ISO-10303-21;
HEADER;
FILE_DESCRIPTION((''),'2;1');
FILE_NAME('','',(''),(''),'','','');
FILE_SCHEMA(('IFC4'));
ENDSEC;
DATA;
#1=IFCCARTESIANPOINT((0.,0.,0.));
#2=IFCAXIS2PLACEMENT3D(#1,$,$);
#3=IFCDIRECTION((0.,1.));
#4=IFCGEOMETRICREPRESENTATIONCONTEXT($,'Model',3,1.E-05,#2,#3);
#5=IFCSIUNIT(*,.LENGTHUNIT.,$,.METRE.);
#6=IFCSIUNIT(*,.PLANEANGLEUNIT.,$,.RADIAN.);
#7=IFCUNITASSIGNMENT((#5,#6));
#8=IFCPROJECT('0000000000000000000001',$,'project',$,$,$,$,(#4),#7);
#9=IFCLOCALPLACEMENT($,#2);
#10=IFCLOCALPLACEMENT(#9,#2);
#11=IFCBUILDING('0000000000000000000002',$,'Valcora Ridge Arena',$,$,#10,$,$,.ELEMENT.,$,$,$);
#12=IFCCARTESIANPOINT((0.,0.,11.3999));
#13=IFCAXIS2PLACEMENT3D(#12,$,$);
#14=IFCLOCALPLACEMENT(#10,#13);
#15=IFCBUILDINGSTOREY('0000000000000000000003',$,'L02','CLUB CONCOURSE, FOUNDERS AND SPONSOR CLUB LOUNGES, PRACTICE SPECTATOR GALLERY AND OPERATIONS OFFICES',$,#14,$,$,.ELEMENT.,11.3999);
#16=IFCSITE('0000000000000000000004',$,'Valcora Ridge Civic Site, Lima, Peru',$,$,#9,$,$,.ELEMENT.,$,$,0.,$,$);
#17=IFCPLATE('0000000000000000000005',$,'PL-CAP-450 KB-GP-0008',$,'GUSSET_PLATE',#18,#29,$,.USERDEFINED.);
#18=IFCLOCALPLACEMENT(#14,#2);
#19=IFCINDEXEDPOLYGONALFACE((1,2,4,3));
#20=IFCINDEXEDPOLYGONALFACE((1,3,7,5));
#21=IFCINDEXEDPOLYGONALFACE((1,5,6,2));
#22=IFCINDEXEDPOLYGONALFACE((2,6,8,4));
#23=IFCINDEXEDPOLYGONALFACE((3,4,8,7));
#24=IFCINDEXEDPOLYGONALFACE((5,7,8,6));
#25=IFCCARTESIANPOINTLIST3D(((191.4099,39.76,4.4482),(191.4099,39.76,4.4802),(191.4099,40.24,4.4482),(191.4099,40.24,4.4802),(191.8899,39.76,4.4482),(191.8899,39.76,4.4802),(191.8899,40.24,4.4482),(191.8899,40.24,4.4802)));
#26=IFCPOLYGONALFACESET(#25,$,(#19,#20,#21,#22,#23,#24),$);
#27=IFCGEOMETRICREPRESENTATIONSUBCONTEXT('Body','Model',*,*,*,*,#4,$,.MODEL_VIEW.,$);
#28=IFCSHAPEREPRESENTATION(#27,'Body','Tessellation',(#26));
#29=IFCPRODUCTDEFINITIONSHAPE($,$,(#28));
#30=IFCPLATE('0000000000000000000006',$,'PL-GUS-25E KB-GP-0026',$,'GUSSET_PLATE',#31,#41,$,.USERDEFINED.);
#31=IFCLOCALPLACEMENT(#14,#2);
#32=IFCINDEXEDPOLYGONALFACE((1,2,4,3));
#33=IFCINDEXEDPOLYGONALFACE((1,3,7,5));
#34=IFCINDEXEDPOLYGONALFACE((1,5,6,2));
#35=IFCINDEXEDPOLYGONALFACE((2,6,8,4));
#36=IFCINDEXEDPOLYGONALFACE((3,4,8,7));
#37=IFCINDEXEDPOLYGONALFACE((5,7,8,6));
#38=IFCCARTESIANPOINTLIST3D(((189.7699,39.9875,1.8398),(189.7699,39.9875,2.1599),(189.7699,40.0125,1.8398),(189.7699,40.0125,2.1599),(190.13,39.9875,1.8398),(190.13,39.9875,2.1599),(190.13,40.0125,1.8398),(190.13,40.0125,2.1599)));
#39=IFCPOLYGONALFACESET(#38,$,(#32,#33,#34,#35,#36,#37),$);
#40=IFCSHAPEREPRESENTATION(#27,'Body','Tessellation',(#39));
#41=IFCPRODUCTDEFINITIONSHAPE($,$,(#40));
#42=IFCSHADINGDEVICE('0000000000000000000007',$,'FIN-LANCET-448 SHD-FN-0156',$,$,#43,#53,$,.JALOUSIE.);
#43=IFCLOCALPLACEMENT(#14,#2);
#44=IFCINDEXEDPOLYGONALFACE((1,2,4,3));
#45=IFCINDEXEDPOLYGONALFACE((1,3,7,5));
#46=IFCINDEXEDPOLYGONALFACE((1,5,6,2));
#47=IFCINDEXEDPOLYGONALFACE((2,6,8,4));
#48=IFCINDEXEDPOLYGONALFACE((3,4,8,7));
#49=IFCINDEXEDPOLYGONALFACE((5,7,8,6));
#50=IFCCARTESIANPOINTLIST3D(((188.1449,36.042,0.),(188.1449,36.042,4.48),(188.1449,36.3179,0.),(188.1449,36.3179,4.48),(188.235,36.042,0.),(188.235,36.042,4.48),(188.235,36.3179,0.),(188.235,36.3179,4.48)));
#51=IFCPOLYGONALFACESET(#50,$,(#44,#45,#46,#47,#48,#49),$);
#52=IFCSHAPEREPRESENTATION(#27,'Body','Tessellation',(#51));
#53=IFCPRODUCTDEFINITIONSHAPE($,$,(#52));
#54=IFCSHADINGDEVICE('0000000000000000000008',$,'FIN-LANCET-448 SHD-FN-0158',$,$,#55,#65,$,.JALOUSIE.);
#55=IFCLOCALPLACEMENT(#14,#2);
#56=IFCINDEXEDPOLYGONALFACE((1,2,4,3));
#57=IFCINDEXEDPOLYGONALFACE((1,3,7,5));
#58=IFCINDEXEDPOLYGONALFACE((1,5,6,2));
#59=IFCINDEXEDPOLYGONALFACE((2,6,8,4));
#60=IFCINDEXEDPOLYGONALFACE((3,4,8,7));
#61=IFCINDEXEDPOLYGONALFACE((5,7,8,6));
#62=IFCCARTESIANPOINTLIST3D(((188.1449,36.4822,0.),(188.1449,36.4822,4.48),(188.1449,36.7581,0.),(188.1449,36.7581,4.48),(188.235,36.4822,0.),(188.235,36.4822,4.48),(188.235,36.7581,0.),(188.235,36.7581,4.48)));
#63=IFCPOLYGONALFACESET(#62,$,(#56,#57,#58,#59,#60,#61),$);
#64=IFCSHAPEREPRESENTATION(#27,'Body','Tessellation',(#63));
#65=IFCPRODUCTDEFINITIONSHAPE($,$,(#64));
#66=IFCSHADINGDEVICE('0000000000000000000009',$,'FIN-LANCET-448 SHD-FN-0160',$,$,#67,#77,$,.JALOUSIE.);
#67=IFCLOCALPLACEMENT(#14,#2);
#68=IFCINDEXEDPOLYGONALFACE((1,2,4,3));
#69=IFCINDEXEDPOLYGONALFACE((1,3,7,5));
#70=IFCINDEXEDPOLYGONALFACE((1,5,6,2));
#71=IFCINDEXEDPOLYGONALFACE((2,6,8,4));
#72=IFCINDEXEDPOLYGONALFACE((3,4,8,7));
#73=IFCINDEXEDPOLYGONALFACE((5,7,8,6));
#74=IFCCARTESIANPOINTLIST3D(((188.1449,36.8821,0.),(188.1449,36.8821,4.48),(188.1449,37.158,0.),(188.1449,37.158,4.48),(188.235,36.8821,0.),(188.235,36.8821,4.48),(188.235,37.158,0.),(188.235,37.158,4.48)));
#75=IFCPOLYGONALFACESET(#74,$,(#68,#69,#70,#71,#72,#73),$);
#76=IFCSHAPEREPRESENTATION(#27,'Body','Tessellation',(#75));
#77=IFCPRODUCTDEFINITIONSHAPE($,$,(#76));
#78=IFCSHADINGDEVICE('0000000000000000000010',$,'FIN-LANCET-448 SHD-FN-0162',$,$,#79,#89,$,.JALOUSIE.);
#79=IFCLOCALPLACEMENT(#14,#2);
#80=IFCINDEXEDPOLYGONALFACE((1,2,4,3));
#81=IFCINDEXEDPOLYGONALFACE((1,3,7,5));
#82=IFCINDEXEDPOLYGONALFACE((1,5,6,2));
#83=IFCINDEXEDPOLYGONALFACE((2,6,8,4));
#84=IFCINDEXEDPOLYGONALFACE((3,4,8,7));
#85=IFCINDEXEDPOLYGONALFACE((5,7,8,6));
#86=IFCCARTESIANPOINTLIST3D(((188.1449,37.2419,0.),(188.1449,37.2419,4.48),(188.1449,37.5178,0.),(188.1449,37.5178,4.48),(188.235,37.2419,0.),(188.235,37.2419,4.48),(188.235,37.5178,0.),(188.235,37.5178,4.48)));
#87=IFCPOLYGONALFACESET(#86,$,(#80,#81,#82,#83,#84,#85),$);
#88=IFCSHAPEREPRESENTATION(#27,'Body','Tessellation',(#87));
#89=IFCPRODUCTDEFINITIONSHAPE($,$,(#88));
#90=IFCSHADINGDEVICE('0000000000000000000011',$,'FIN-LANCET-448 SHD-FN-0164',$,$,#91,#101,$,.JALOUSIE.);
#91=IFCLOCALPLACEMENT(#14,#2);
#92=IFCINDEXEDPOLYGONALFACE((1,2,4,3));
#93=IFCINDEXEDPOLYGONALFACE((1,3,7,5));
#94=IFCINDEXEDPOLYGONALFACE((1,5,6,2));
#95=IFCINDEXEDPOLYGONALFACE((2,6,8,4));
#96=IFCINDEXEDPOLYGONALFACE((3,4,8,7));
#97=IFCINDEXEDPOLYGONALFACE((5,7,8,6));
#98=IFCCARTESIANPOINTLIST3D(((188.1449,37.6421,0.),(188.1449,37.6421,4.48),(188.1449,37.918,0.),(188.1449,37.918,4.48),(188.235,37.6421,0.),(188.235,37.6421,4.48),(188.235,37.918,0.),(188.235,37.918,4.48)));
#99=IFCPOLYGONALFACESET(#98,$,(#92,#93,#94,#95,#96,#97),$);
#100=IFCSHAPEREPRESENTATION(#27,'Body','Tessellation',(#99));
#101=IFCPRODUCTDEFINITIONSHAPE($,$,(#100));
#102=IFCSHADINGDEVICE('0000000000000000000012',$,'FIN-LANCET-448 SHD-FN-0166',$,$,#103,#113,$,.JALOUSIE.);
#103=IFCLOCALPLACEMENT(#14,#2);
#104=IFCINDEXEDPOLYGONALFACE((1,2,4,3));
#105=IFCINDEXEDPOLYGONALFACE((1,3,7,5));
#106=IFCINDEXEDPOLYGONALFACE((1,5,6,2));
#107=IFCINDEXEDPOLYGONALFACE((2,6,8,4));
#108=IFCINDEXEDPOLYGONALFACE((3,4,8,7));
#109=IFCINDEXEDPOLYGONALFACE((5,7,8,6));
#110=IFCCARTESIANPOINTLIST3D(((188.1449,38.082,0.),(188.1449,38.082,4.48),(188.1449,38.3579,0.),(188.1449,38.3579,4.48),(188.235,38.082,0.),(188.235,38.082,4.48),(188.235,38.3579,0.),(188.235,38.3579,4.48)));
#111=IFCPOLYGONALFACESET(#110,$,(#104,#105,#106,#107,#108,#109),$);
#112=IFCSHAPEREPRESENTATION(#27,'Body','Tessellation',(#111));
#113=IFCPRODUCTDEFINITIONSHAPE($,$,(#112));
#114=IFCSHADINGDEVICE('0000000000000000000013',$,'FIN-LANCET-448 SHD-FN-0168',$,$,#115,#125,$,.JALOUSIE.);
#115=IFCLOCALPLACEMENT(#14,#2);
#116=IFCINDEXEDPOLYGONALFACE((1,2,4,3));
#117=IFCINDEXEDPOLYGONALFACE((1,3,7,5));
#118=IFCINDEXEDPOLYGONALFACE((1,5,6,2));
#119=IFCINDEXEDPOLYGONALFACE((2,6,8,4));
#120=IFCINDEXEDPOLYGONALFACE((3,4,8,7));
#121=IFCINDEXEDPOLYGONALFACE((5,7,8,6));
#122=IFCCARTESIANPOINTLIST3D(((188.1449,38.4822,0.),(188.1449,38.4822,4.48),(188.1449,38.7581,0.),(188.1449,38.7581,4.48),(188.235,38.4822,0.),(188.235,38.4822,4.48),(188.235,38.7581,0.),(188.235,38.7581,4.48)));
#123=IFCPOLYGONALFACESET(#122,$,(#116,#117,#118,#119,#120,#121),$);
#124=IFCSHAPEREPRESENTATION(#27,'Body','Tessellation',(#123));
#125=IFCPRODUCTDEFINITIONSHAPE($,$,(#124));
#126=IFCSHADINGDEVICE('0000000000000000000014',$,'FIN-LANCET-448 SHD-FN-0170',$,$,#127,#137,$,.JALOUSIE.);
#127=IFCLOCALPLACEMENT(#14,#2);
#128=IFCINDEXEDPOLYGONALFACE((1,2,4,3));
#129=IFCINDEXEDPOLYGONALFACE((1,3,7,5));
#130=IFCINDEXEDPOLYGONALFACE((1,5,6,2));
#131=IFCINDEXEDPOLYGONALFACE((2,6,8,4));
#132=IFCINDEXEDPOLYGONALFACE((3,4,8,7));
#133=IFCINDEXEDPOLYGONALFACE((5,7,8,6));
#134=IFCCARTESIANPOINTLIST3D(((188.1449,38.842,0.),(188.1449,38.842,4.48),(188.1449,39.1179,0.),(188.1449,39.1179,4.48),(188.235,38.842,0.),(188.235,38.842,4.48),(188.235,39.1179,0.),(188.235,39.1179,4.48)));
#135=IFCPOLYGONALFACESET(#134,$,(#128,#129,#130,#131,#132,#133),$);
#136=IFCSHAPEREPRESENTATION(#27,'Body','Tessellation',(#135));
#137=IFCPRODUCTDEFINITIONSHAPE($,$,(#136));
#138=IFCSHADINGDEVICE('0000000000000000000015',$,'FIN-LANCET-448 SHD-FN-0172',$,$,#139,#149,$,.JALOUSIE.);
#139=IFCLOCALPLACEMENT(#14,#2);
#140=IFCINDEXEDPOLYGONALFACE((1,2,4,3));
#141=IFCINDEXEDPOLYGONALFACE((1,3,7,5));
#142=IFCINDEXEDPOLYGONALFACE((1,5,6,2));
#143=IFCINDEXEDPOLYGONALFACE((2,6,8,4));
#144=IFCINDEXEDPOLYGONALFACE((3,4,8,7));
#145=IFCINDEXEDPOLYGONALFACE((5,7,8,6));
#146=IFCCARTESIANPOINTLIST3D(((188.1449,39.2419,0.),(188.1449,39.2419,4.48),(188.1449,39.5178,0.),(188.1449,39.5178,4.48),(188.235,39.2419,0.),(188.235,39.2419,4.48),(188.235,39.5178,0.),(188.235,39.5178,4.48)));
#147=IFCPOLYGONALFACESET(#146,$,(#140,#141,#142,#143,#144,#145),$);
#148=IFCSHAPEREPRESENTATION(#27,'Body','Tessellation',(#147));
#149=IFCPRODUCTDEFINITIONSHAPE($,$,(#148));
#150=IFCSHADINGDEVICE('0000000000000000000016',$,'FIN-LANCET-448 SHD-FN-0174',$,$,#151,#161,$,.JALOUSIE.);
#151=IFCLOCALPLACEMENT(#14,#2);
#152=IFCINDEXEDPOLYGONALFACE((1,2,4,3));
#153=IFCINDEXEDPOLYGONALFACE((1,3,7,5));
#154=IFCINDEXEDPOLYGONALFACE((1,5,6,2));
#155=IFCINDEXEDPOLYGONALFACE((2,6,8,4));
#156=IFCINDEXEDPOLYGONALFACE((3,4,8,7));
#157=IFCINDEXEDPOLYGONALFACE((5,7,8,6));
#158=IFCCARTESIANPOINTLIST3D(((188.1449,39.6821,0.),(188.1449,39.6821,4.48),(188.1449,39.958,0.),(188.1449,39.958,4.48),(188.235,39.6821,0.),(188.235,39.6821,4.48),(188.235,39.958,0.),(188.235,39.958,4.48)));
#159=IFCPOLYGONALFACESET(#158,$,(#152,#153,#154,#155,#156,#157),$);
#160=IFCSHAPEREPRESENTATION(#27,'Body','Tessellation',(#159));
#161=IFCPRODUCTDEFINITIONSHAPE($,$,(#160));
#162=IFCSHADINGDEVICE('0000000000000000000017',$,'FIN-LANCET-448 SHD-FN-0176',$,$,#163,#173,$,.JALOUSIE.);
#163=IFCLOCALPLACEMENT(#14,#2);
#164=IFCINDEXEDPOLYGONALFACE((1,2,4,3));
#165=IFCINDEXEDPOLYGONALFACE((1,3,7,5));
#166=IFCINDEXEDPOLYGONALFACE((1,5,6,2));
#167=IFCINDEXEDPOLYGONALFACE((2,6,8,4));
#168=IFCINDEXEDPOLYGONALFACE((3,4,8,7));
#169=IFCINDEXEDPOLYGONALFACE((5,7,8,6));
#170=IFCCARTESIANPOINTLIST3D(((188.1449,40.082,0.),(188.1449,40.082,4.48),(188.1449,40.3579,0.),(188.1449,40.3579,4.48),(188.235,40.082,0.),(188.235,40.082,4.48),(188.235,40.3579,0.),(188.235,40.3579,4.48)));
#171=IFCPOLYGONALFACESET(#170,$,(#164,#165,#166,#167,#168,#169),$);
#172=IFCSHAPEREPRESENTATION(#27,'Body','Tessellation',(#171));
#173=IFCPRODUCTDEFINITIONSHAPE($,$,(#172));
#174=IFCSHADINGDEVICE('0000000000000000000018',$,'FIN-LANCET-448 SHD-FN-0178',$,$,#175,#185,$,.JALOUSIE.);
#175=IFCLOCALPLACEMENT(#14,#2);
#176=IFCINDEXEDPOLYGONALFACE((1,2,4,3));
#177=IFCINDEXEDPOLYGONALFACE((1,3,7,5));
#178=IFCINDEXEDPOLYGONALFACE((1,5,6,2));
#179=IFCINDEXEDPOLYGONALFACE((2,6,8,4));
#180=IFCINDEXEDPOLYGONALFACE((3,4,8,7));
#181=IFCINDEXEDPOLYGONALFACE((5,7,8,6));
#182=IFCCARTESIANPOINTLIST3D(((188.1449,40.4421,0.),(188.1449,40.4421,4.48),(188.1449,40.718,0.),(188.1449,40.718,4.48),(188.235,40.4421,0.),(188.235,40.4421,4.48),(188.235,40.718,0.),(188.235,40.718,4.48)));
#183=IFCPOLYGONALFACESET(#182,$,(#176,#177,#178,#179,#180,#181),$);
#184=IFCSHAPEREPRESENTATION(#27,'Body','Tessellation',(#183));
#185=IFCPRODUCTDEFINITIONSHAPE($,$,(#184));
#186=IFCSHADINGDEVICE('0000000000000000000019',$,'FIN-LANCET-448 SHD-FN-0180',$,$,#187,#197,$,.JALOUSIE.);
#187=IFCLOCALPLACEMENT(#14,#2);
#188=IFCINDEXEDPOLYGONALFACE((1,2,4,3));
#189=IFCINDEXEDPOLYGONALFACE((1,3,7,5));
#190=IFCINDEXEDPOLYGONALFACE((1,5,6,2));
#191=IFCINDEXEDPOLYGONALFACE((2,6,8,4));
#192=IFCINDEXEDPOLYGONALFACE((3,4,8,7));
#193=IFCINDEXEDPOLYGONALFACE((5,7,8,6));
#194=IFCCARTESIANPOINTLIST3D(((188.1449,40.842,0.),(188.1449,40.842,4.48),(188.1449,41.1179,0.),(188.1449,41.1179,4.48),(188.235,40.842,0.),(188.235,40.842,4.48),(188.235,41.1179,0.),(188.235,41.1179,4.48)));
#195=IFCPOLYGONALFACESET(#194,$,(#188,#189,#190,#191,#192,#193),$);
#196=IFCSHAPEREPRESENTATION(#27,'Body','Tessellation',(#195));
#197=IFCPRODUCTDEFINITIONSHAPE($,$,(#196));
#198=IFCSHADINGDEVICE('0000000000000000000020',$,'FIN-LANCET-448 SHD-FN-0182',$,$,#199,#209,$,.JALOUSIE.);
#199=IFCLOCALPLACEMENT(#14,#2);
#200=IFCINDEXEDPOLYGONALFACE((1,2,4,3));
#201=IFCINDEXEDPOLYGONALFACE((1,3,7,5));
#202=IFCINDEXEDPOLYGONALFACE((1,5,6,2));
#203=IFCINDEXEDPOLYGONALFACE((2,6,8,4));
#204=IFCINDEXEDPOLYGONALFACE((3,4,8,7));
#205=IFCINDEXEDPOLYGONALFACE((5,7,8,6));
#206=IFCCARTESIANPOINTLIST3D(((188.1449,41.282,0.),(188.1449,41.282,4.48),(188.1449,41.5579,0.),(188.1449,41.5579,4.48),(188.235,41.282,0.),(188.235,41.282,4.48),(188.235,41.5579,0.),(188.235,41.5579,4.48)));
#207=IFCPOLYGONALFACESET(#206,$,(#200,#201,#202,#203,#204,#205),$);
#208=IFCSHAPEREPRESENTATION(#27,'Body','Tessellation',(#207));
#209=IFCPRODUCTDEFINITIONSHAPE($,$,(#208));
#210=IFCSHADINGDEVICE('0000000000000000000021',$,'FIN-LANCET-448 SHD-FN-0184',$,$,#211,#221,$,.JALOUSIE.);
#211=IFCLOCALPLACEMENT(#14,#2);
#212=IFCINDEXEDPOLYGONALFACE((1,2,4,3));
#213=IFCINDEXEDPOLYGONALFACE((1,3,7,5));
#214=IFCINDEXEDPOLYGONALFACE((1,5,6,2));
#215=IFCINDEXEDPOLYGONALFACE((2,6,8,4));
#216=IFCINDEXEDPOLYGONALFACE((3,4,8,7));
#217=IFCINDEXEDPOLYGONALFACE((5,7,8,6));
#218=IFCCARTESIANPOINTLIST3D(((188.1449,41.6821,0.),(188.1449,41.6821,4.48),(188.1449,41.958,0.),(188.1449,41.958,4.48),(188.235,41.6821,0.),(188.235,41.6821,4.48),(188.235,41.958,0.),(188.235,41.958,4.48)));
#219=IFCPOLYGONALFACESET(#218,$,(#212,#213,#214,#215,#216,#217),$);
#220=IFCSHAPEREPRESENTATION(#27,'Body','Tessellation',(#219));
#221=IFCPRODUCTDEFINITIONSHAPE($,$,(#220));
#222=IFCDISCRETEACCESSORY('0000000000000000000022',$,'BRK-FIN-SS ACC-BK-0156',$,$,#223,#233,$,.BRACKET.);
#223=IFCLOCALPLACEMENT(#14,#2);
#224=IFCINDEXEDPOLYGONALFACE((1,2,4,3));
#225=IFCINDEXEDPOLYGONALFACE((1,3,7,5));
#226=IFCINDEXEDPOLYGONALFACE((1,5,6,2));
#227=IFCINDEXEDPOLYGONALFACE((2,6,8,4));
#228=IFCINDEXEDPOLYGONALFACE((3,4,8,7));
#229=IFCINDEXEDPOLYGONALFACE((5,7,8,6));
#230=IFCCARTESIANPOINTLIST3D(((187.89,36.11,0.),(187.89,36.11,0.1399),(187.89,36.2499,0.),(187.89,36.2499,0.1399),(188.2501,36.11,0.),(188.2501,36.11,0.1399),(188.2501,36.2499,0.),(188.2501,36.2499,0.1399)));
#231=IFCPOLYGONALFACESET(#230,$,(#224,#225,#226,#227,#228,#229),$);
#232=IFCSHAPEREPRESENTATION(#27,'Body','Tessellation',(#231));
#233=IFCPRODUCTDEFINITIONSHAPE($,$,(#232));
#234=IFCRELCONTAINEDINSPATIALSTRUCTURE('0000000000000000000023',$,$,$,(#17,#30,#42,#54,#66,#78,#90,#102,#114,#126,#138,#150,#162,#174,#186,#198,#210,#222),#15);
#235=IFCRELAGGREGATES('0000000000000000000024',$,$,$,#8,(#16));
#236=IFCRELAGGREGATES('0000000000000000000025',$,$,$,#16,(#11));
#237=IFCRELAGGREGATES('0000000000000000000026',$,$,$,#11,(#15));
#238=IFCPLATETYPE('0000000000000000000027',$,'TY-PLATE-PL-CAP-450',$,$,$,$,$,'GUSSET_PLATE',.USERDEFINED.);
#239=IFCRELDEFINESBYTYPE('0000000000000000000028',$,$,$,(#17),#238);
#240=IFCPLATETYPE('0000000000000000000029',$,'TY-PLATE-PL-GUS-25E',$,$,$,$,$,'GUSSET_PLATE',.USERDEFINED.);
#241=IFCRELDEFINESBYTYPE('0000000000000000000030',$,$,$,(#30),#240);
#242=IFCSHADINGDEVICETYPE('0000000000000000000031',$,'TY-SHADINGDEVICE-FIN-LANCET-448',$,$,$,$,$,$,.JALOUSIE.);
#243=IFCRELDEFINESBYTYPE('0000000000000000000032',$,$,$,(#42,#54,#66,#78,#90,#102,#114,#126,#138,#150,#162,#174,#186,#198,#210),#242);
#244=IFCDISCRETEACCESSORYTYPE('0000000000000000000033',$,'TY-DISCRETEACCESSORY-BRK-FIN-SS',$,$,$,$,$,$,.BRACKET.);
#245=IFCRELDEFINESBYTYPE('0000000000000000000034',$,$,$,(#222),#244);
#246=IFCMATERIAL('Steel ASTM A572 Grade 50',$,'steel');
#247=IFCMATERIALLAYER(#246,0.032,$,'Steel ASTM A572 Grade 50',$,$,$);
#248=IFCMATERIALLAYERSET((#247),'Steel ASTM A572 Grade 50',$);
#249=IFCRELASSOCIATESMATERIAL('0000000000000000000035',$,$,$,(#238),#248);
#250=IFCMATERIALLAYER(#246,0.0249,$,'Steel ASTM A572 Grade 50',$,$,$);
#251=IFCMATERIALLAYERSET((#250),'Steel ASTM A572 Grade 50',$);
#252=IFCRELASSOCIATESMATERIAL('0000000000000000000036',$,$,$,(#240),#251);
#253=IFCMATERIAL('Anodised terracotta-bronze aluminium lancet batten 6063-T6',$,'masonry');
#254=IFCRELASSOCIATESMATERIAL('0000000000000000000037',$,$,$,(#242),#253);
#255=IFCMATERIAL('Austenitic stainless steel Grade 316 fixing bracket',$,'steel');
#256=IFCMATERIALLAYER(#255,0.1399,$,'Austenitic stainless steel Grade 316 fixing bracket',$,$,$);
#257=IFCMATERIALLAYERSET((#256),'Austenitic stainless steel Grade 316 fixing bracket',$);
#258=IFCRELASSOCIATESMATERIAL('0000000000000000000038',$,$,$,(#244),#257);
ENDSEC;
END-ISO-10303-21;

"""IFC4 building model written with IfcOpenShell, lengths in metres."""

from ifc_helpers import new_model, si_unit, direction, frame, origin, origin_2d, place, context, subcontext, project, spatial, rectangle, extrude, material, layer, layer_set, material_profile, profile_set, type_object, element, save


model = new_model("IFC4")

# Units and contexts
model_context = context("Model", 3, precision=1e-05, world=origin(), true_north=direction((0.0, 1.0)))
body_context = subcontext(model_context, "Body", "Model", "MODEL_VIEW")
ifc_project = project(units=[si_unit("LENGTHUNIT", "METRE"), si_unit("PLANEANGLEUNIT", "RADIAN")], contexts=[model_context])

# Site, building, storey
site_placement = place(None, origin())
site = spatial("IfcSite", under=ifc_project, at=site_placement, Name="Valcora Ridge Civic Site, Lima, Peru", CompositionType="ELEMENT", RefElevation=0.0)
building_placement = place(site_placement, origin())
building = spatial("IfcBuilding", under=site, at=building_placement, Name="Valcora Ridge Arena", CompositionType="ELEMENT")
storey_placement = place(building_placement, frame((0.0, 0.0, 11.3999)))
storey = spatial("IfcBuildingStorey", under=building, at=storey_placement, Name="L02", Description="CLUB CONCOURSE, FOUNDERS AND SPONSOR CLUB LOUNGES, PRACTICE SPECTATOR GALLERY AND OPERATIONS OFFICES", CompositionType="ELEMENT", Elevation=11.3999)

# Shared definitions
ifc_material_1 = material(Name="Steel ASTM A572 Grade 50", Category="steel")

# Plates
ifc_layer_1 = layer(ifc_material_1, 0.032, Name="Steel ASTM A572 Grade 50")
ifc_layer_set_1 = layer_set([ifc_layer_1], Name="Steel ASTM A572 Grade 50")
plate_type_1 = type_object("IfcPlateType", Name="TY-PLATE-PL-CAP-450", ElementType="GUSSET_PLATE", PredefinedType="USERDEFINED", material=ifc_layer_set_1)
plate_1_placement = place(storey_placement, frame((191.6499, 40.0, 4.4482), z_axis=(0.0, 0.0, 1.0), x_axis=(1.0, 0.0, 0.0)))
element("IfcPlate", 1, at=plate_1_placement, inside=storey, type_object=plate_type_1, Name="PL-CAP-450 KB-GP-0008", ObjectType="GUSSET_PLATE", PredefinedType="USERDEFINED", context=body_context, shape_type="SweptSolid", body=[
    extrude(rectangle(XDim=0.48, YDim=0.48, at=origin_2d()), origin(), (0.0, 0.0, 1.0), 0.032),
])
ifc_layer_2 = layer(ifc_material_1, 0.0249, Name="Steel ASTM A572 Grade 50")
ifc_layer_set_2 = layer_set([ifc_layer_2], Name="Steel ASTM A572 Grade 50")
plate_type_2 = type_object("IfcPlateType", Name="TY-PLATE-PL-GUS-25E", ElementType="GUSSET_PLATE", PredefinedType="USERDEFINED", material=ifc_layer_set_2)
plate_2_placement = place(storey_placement, frame((189.95, 40.0, 1.8398), z_axis=(0.0, 0.0, 1.0), x_axis=(1.0, 0.0, 0.0)))
element("IfcPlate", 2, at=plate_2_placement, inside=storey, type_object=plate_type_2, Name="PL-GUS-25E KB-GP-0026", ObjectType="GUSSET_PLATE", PredefinedType="USERDEFINED", context=body_context, shape_type="SweptSolid", body=[
    extrude(rectangle(XDim=0.3601, YDim=0.0249, at=origin_2d()), origin(), (0.0, 0.0, 1.0), 0.3201),
])

# Shading devices
ifc_material_2 = material(Name="Anodised terracotta-bronze aluminium lancet batten 6063-T6", Category="masonry")
ifc_material_profile_1 = material_profile(ifc_material_2, rectangle(XDim=0.0901, YDim=0.2759, at=origin_2d()), Name="ALU LANCET BATTEN 90x276")
ifc_profile_set_1 = profile_set([ifc_material_profile_1], Name="Anodised terracotta-bronze aluminium lancet batten 6063-T6")
shading_device_type = type_object("IfcShadingDeviceType", Name="TY-SHADINGDEVICE-FIN-LANCET-448", PredefinedType="JALOUSIE", material=ifc_profile_set_1)
for number, where, z_axis, x_axis, name in (
    (3, (188.1899, 36.1799, 0.0), (0.0, 0.0, 1.0), (1.0, 0.0, 0.0), "FIN-LANCET-448 SHD-FN-0156"),
    (4, (188.1899, 36.6201, 0.0), (0.0, 0.0, 1.0), (1.0, 0.0, 0.0), "FIN-LANCET-448 SHD-FN-0158"),
    (5, (188.1899, 37.02, 0.0), (0.0, 0.0, 1.0), (1.0, 0.0, 0.0), "FIN-LANCET-448 SHD-FN-0160"),
    (6, (188.1899, 37.3799, 0.0), (0.0, 0.0, 1.0), (1.0, 0.0, 0.0), "FIN-LANCET-448 SHD-FN-0162"),
    (7, (188.1899, 37.78, 0.0), (0.0, 0.0, 1.0), (1.0, 0.0, 0.0), "FIN-LANCET-448 SHD-FN-0164"),
    (8, (188.1899, 38.22, 0.0), (0.0, 0.0, 1.0), (1.0, 0.0, 0.0), "FIN-LANCET-448 SHD-FN-0166"),
    (9, (188.1899, 38.6201, 0.0), (0.0, 0.0, 1.0), (1.0, 0.0, 0.0), "FIN-LANCET-448 SHD-FN-0168"),
    (10, (188.1899, 38.98, 0.0), (0.0, 0.0, 1.0), (1.0, 0.0, 0.0), "FIN-LANCET-448 SHD-FN-0170"),
    (11, (188.1899, 39.3799, 0.0), (0.0, 0.0, 1.0), (1.0, 0.0, 0.0), "FIN-LANCET-448 SHD-FN-0172"),
    (12, (188.1899, 39.8201, 0.0), (0.0, 0.0, 1.0), (1.0, 0.0, 0.0), "FIN-LANCET-448 SHD-FN-0174"),
    (13, (188.1899, 40.22, 0.0), (0.0, 0.0, 1.0), (1.0, 0.0, 0.0), "FIN-LANCET-448 SHD-FN-0176"),
    (14, (188.1899, 40.5801, 0.0), (0.0, 0.0, 1.0), (1.0, 0.0, 0.0), "FIN-LANCET-448 SHD-FN-0178"),
    (15, (188.1899, 40.98, 0.0), (0.0, 0.0, 1.0), (1.0, 0.0, 0.0), "FIN-LANCET-448 SHD-FN-0180"),
    (16, (188.1899, 41.4199, 0.0), (0.0, 0.0, 1.0), (1.0, 0.0, 0.0), "FIN-LANCET-448 SHD-FN-0182"),
    (17, (188.1899, 41.8201, 0.0), (0.0, 0.0, 1.0), (1.0, 0.0, 0.0), "FIN-LANCET-448 SHD-FN-0184"),
):
    element("IfcShadingDevice", number, at=place(storey_placement, frame(where, z_axis=z_axis, x_axis=x_axis)), inside=storey, type_object=shading_device_type, Name=name, PredefinedType="JALOUSIE", context=body_context, shape_type="SweptSolid", body=[
        extrude(rectangle(XDim=0.0901, YDim=0.2759, at=origin_2d()), origin(), (0.0, 0.0, 1.0), 4.48),
    ])

# Discrete accessory
ifc_material_3 = material(Name="Austenitic stainless steel Grade 316 fixing bracket", Category="steel")
ifc_layer_3 = layer(ifc_material_3, 0.1399, Name="Austenitic stainless steel Grade 316 fixing bracket")
ifc_layer_set_3 = layer_set([ifc_layer_3], Name="Austenitic stainless steel Grade 316 fixing bracket")
discrete_accessory_type = type_object("IfcDiscreteAccessoryType", Name="TY-DISCRETEACCESSORY-BRK-FIN-SS", PredefinedType="BRACKET", material=ifc_layer_set_3)
for number, where, z_axis, x_axis, name in (
    (18, (188.0701, 36.1799, 0.0), (0.0, 0.0, 1.0), (1.0, 0.0, 0.0), "BRK-FIN-SS ACC-BK-0156"),
):
    element("IfcDiscreteAccessory", number, at=place(storey_placement, frame(where, z_axis=z_axis, x_axis=x_axis)), inside=storey, type_object=discrete_accessory_type, Name=name, PredefinedType="BRACKET", context=body_context, shape_type="SweptSolid", body=[
        extrude(rectangle(XDim=0.3601, YDim=0.1399, at=origin_2d()), origin(), (0.0, 0.0, 1.0), 0.1399),
    ])

save(model, "model.ifc")
